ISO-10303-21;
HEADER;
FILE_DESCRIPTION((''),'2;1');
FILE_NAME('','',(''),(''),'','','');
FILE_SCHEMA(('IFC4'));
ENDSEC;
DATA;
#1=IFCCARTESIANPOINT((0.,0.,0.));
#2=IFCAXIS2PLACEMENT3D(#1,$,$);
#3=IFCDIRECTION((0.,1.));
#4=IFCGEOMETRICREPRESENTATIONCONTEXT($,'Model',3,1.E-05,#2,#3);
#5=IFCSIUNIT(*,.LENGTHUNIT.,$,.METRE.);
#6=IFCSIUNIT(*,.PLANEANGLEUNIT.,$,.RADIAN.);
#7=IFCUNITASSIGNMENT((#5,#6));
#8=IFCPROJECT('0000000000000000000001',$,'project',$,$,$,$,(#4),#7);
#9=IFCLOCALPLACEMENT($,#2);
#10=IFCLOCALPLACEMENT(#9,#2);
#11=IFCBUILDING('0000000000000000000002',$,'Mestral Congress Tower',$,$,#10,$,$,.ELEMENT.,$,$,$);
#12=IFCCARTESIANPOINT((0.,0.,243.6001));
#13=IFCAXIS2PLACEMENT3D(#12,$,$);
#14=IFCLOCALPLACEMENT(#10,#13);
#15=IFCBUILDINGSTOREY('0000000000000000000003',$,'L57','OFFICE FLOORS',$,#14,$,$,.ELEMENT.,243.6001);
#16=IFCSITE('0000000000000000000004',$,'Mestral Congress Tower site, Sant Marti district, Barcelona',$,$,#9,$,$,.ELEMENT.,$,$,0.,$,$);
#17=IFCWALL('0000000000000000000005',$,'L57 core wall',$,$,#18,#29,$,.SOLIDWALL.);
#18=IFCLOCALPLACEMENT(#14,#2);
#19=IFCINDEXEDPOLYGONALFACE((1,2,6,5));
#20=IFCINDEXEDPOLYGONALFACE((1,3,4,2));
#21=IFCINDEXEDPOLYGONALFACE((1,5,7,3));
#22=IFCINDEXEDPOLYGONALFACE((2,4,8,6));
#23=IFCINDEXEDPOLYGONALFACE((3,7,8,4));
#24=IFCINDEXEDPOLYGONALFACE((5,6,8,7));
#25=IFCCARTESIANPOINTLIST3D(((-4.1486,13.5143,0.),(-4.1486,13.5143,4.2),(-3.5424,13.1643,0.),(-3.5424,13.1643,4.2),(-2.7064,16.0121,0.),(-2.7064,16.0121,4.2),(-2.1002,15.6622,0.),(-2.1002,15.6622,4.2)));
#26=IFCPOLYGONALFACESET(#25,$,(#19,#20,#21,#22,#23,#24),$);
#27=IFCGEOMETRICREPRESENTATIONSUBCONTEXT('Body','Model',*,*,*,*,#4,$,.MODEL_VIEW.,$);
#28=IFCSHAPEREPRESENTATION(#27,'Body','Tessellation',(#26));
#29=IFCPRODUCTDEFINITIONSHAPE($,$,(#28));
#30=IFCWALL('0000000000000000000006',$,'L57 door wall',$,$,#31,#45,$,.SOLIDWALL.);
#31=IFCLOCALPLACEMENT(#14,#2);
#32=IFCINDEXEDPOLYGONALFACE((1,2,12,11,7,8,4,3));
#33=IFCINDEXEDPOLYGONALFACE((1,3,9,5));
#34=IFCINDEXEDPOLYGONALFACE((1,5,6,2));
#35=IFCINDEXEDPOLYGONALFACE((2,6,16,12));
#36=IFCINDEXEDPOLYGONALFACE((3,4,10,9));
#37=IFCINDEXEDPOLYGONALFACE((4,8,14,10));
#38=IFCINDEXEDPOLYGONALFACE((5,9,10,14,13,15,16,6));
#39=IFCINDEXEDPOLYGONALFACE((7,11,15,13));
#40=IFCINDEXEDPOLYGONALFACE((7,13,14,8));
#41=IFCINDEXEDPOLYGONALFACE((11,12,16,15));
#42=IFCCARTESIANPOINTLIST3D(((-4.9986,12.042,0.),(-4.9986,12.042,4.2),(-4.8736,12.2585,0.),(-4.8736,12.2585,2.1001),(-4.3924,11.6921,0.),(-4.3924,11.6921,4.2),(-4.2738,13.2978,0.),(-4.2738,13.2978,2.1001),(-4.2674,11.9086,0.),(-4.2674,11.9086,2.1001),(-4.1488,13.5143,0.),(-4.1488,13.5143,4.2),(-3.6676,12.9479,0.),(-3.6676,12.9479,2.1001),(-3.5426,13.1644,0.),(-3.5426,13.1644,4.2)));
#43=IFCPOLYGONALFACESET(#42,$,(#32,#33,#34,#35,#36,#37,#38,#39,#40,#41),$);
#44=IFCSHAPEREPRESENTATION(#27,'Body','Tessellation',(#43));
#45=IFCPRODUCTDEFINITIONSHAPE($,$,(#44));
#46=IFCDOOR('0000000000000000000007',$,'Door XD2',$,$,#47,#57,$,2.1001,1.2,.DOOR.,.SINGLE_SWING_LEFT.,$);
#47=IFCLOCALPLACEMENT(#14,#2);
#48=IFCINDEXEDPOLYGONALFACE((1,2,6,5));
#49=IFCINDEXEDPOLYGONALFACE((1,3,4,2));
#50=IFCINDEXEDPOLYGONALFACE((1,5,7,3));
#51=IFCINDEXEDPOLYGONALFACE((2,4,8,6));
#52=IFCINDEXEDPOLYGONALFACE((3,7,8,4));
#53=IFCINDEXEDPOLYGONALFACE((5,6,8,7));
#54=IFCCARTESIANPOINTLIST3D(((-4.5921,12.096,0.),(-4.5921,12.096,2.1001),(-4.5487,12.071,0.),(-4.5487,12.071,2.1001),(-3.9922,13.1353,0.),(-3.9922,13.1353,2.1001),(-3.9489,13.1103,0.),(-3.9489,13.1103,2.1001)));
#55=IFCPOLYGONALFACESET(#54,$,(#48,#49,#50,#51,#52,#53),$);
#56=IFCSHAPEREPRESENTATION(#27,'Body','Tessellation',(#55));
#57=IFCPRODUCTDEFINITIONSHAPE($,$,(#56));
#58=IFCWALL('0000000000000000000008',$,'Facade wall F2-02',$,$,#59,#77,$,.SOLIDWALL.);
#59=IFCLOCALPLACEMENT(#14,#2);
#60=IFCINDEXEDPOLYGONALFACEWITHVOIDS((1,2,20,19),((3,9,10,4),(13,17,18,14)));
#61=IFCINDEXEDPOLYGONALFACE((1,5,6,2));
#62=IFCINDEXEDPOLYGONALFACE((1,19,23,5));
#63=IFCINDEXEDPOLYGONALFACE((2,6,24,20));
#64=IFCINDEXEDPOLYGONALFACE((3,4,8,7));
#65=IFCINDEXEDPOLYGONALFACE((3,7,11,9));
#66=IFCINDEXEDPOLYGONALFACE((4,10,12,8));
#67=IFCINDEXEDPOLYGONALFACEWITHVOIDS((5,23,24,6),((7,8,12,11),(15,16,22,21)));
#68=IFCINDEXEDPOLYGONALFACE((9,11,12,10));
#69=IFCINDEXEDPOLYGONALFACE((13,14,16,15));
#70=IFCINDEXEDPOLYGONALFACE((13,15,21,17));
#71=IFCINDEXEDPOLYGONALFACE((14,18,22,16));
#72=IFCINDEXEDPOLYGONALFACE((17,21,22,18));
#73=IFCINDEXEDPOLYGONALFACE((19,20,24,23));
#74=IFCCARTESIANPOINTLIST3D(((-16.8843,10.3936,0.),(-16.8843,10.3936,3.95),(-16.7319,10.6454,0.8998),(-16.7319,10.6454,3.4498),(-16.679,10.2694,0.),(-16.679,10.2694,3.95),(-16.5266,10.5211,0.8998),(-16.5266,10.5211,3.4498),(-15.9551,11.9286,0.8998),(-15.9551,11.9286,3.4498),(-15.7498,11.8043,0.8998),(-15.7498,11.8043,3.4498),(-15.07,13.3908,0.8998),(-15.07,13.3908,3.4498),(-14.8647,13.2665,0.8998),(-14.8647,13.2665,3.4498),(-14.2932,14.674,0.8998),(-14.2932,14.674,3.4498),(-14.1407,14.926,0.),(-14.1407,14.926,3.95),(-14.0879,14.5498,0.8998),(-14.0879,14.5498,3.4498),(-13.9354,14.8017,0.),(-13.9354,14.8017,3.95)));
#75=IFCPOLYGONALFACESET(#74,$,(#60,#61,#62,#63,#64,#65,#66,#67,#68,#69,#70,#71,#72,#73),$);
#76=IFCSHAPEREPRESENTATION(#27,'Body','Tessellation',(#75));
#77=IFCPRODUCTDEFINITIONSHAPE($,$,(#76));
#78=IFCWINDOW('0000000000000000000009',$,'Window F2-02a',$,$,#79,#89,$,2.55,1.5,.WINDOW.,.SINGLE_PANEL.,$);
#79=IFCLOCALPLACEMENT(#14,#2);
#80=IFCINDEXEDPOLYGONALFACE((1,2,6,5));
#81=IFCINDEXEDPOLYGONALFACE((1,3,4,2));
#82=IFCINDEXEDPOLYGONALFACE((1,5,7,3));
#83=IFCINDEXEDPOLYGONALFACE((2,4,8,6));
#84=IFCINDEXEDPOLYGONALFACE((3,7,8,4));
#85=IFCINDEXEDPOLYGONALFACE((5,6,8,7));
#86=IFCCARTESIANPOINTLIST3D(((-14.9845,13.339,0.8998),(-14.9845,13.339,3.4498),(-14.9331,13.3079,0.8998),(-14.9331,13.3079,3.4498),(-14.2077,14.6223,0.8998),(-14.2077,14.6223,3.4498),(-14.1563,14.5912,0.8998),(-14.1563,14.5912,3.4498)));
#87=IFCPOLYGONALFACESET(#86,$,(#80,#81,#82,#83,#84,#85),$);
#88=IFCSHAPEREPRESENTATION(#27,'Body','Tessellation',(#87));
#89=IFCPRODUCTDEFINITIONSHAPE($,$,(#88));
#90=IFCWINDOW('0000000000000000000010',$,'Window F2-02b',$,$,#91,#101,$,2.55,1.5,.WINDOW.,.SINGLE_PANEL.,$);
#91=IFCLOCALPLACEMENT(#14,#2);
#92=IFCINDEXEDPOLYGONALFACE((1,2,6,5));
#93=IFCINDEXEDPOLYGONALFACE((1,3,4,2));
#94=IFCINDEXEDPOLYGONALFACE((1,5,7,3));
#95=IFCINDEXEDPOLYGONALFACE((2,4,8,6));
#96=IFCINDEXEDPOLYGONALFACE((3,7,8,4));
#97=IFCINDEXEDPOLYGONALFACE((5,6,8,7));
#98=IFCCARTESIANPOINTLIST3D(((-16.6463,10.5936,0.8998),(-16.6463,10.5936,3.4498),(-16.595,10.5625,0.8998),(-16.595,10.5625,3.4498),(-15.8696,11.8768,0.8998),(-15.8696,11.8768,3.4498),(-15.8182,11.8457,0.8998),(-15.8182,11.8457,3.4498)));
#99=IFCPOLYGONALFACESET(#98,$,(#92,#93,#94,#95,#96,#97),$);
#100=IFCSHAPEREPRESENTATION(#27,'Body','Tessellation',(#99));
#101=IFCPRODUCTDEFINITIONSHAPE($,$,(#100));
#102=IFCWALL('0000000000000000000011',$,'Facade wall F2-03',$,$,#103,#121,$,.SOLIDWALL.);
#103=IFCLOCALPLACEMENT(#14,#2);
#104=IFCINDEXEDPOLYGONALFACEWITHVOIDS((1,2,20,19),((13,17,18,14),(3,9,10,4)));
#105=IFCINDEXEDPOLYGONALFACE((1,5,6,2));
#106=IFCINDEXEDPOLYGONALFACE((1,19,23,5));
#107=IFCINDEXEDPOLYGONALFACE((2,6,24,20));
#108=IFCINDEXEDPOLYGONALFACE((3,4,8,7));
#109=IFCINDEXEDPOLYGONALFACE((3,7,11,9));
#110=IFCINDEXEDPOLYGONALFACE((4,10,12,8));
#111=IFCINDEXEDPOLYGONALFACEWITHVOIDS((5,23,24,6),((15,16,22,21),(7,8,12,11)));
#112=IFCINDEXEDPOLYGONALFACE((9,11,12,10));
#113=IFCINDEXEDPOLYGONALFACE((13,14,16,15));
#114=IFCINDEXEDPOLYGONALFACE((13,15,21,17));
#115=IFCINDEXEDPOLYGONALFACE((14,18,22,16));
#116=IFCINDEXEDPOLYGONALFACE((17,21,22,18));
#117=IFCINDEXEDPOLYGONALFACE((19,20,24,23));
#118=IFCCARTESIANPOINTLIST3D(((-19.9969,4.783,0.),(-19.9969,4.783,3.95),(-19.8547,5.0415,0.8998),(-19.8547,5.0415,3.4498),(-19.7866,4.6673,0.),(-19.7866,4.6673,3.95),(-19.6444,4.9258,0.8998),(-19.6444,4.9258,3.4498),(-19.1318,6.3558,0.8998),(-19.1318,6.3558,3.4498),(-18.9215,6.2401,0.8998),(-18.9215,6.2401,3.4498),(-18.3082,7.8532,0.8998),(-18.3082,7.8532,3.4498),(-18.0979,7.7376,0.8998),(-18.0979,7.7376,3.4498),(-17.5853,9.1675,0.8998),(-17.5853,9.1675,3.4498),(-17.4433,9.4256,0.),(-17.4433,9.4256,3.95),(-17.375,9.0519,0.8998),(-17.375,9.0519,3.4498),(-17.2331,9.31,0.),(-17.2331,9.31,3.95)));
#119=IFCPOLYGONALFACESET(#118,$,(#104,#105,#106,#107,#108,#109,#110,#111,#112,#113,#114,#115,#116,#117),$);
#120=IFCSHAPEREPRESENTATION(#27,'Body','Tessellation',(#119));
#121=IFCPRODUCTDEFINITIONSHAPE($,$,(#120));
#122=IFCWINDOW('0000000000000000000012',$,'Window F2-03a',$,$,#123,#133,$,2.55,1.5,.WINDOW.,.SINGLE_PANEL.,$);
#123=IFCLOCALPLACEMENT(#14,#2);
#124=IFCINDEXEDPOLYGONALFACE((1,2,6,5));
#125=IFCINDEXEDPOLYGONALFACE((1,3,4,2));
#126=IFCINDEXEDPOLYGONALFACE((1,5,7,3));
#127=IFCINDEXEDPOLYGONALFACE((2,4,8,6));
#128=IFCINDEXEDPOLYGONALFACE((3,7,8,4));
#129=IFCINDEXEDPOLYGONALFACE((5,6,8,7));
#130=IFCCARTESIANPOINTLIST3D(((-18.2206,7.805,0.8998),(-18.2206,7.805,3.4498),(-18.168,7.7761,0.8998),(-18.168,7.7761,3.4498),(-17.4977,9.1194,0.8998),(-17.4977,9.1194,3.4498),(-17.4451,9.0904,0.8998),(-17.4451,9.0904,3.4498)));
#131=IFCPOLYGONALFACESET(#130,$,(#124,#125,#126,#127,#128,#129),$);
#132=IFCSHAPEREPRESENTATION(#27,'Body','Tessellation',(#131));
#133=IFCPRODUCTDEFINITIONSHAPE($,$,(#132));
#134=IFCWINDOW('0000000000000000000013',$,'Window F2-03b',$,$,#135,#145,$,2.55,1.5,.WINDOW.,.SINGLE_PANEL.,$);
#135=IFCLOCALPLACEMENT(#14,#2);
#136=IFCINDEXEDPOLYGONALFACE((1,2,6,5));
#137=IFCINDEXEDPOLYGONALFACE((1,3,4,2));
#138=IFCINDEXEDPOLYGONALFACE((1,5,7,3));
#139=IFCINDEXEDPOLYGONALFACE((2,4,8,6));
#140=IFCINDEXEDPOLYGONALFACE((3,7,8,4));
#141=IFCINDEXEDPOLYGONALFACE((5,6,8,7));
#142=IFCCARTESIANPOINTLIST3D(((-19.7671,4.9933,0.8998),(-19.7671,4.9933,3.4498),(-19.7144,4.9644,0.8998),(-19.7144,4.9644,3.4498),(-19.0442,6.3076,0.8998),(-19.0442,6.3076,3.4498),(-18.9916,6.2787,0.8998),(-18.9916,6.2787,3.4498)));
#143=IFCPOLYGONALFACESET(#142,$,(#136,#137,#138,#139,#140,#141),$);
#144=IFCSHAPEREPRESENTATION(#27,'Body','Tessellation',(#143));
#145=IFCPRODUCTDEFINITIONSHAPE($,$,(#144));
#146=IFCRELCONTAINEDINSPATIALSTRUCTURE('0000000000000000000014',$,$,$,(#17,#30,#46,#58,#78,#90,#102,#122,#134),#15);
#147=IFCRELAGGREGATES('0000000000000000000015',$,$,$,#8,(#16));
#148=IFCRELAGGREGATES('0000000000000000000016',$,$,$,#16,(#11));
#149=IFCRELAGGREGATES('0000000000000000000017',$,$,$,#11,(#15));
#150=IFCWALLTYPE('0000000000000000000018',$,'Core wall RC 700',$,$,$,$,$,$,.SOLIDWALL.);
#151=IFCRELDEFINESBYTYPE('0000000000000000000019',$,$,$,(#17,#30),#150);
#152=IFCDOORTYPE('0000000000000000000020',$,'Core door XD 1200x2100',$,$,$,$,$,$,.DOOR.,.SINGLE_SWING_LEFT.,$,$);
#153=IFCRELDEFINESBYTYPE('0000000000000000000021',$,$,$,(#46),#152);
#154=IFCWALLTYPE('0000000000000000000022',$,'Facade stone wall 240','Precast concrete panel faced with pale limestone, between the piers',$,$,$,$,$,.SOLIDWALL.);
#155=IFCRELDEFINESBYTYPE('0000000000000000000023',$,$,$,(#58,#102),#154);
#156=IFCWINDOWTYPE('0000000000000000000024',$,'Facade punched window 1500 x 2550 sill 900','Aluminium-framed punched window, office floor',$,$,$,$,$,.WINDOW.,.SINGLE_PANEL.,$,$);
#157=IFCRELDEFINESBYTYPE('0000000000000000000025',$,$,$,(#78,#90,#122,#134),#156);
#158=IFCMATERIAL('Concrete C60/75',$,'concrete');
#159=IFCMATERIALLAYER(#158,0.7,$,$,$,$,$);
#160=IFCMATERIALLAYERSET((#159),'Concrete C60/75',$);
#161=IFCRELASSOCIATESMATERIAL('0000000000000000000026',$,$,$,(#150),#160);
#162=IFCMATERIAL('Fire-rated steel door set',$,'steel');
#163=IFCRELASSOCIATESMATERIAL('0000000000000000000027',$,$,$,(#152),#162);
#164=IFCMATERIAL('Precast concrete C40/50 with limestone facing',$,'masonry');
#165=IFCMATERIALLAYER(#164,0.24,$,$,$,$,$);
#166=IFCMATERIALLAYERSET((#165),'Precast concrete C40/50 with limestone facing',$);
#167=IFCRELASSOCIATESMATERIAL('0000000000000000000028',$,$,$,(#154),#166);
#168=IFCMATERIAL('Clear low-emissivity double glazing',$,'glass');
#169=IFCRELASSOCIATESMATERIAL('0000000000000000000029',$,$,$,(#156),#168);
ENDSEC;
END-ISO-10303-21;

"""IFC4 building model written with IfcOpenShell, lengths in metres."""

from ifc_helpers import new_model, si_unit, direction, frame, frame_2d, origin, place, context, subcontext, project, spatial, rectangle, extrude, material, layer, layer_set, type_object, element, fill, save


model = new_model("IFC4")

# Units and contexts
model_context = context("Model", 3, precision=1e-05, world=origin(), true_north=direction((0.0, 1.0)))
body_context = subcontext(model_context, "Body", "Model", "MODEL_VIEW")
ifc_project = project(units=[si_unit("LENGTHUNIT", "METRE"), si_unit("PLANEANGLEUNIT", "RADIAN")], contexts=[model_context])

# Site, building, storey
site_placement = place(None, origin())
site = spatial("IfcSite", under=ifc_project, at=site_placement, Name="Mestral Congress Tower site, Sant Marti district, Barcelona", CompositionType="ELEMENT", RefElevation=0.0)
building_placement = place(site_placement, origin())
building = spatial("IfcBuilding", under=site, at=building_placement, Name="Mestral Congress Tower", CompositionType="ELEMENT")
storey_placement = place(building_placement, frame((0.0, 0.0, 243.6001)))
storey = spatial("IfcBuildingStorey", under=building, at=storey_placement, Name="L57", Description="OFFICE FLOORS", CompositionType="ELEMENT", Elevation=243.6001)

# Shared definitions
ifc_material_1 = material(Name="Concrete C60/75", Category="concrete")

# Wall
ifc_layer_1 = layer(ifc_material_1, 0.7)
ifc_layer_set_1 = layer_set([ifc_layer_1], Name="Concrete C60/75")
wall_type_1 = type_object("IfcWallType", Name="Core wall RC 700", PredefinedType="SOLIDWALL", material=ifc_layer_set_1)
wall_1_placement = place(storey_placement, frame((-2.4033, 15.8372, 0.0), z_axis=(0.0, 0.0, 1.0), x_axis=(-0.500008, -0.866021, 0.0)))
element("IfcWall", 1, at=wall_1_placement, inside=storey, type_object=wall_type_1, Name="L57 core wall", PredefinedType="SOLIDWALL", context=body_context, shape_type="SweptSolid", body=[
    extrude(rectangle(XDim=2.8843, YDim=0.7, at=frame_2d((1.4421, 0.0))), origin(), (0.0, 0.0, 1.0), 4.2),
])

# Wall, opening, door
wall_2_placement = place(storey_placement, frame((-4.6956, 11.8669, 0.0), z_axis=(0.0, 0.0, 1.0), x_axis=(0.499892, 0.866088, 0.0)))
wall_2 = element("IfcWall", 2, at=wall_2_placement, inside=storey, type_object=wall_type_1, Name="L57 door wall", PredefinedType="SOLIDWALL", context=body_context, shape_type="SweptSolid", body=[
    extrude(rectangle(XDim=1.7, YDim=0.7, at=frame_2d((0.8501, 0.0))), origin(), (0.0, 0.0, 1.0), 4.2),
])
opening_1_placement = place(wall_2_placement, frame((0.25, 0.0, 0.0)))
opening_1 = element("IfcOpeningElement", 3, at=opening_1_placement, cuts=wall_2, PredefinedType="OPENING", context=body_context, shape_type="SweptSolid", body=[
    extrude(rectangle(XDim=1.2, YDim=2.1001, at=frame_2d((0.6001, 1.05))), frame((0.0, 0.3599, 0.0), z_axis=(0.0, -1.0, 0.0), x_axis=(1.0, 0.0, 0.0)), (0.0, 0.0, 1.0), 0.72),
])
ifc_material_2 = material(Name="Fire-rated steel door set", Category="steel")
door_type_1 = type_object("IfcDoorType", Name="Core door XD 1200x2100", OperationType="SINGLE_SWING_LEFT", PredefinedType="DOOR", material=ifc_material_2)
door_1_placement = place(opening_1_placement, origin())
door_1 = element("IfcDoor", 4, at=door_1_placement, inside=storey, type_object=door_type_1, Name="Door XD2", OperationType="SINGLE_SWING_LEFT", OverallHeight=2.1001, OverallWidth=1.2, PredefinedType="DOOR", context=body_context, shape_type="SweptSolid", body=[
    extrude(rectangle(XDim=1.2, YDim=2.1001, at=frame_2d((0.6001, 1.05))), frame((0.0, 0.0249, 0.0), z_axis=(0.0, -1.0, 0.0), x_axis=(1.0, 0.0, 0.0)), (0.0, 0.0, 1.0), 0.05),
])
fill(opening_1, door_1)

# Walls, openings, windows
ifc_material_3 = material(Name="Precast concrete C40/50 with limestone facing", Category="masonry")
ifc_layer_2 = layer(ifc_material_3, 0.24)
ifc_layer_set_2 = layer_set([ifc_layer_2], Name="Precast concrete C40/50 with limestone facing")
wall_type_2 = type_object("IfcWallType", Name="Facade stone wall 240", Description="Precast concrete panel faced with pale limestone, between the piers", PredefinedType="SOLIDWALL", material=ifc_layer_set_2)
wall_3_placement = place(storey_placement, frame((-14.0381, 14.8638, 0.0), z_axis=(0.0, 0.0, 1.0), x_axis=(-0.517846, -0.855474, 0.0)))
wall_3 = element("IfcWall", 5, at=wall_3_placement, inside=storey, type_object=wall_type_2, Name="Facade wall F2-02", PredefinedType="SOLIDWALL", context=body_context, shape_type="SweptSolid", body=[
    extrude(rectangle(XDim=5.2981, YDim=0.24, at=frame_2d((2.6489, 0.0))), origin(), (0.0, 0.0, 1.0), 3.95),
])
opening_2_placement = place(wall_3_placement, frame((0.2944, 0.0, 0.8999)))
opening_2 = element("IfcOpeningElement", 6, at=opening_2_placement, cuts=wall_3, PredefinedType="OPENING", context=body_context, shape_type="SweptSolid", body=[
    extrude(rectangle(XDim=1.5, YDim=2.55, at=frame_2d((0.75, 1.2749))), frame((0.0, 0.1299, 0.0), z_axis=(0.0, -1.0, 0.0), x_axis=(1.0, 0.0, 0.0)), (0.0, 0.0, 1.0), 0.26),
])
opening_3_placement = place(wall_3_placement, frame((3.5037, 0.0, 0.8999)))
opening_3 = element("IfcOpeningElement", 7, at=opening_3_placement, cuts=wall_3, PredefinedType="OPENING", context=body_context, shape_type="SweptSolid", body=[
    extrude(rectangle(XDim=1.5, YDim=2.55, at=frame_2d((0.75, 1.2749))), frame((0.0, 0.1299, 0.0), z_axis=(0.0, -1.0, 0.0), x_axis=(1.0, 0.0, 0.0)), (0.0, 0.0, 1.0), 0.26),
])
ifc_material_4 = material(Name="Clear low-emissivity double glazing", Category="glass")
window_type = type_object("IfcWindowType", Name="Facade punched window 1500 x 2550 sill 900", Description="Aluminium-framed punched window, office floor", PartitioningType="SINGLE_PANEL", PredefinedType="WINDOW", material=ifc_material_4)
window_1_placement = place(opening_2_placement, origin())
window_1 = element("IfcWindow", 8, at=window_1_placement, inside=storey, type_object=window_type, Name="Window F2-02a", OverallHeight=2.55, OverallWidth=1.5, PartitioningType="SINGLE_PANEL", PredefinedType="WINDOW", context=body_context, shape_type="SweptSolid", body=[
    extrude(rectangle(XDim=1.5, YDim=2.55, at=frame_2d((0.75, 1.2749))), frame((0.0, 0.04, 0.0), z_axis=(0.0, -1.0, 0.0), x_axis=(1.0, 0.0, 0.0)), (0.0, 0.0, 1.0), 0.0601),
])
fill(opening_2, window_1)
window_2_placement = place(opening_3_placement, origin())
window_2 = element("IfcWindow", 9, at=window_2_placement, inside=storey, type_object=window_type, Name="Window F2-02b", OverallHeight=2.55, OverallWidth=1.5, PartitioningType="SINGLE_PANEL", PredefinedType="WINDOW", context=body_context, shape_type="SweptSolid", body=[
    extrude(rectangle(XDim=1.5, YDim=2.55, at=frame_2d((0.75, 1.2749))), frame((0.0, 0.04, 0.0), z_axis=(0.0, -1.0, 0.0), x_axis=(1.0, 0.0, 0.0)), (0.0, 0.0, 1.0), 0.0601),
])
fill(opening_3, window_2)
wall_4_placement = place(storey_placement, frame((-17.3381, 9.3679, 0.0), z_axis=(0.0, 0.0, 1.0), x_axis=(-0.481926, -0.876212, 0.0)))
wall_4 = element("IfcWall", 10, at=wall_4_placement, inside=storey, type_object=wall_type_2, Name="Facade wall F2-03", PredefinedType="SOLIDWALL", context=body_context, shape_type="SweptSolid", body=[
    extrude(rectangle(XDim=5.2986, YDim=0.24, at=frame_2d((2.6494, 0.0))), origin(), (0.0, 0.0, 1.0), 3.95),
])
opening_4_placement = place(wall_4_placement, frame((0.2947, 0.0, 0.8999)))
opening_4 = element("IfcOpeningElement", 11, at=opening_4_placement, cuts=wall_4, PredefinedType="OPENING", context=body_context, shape_type="SweptSolid", body=[
    extrude(rectangle(XDim=1.5, YDim=2.55, at=frame_2d((0.75, 1.2749))), frame((0.0, 0.1299, 0.0), z_axis=(0.0, -1.0, 0.0), x_axis=(1.0, 0.0, 0.0)), (0.0, 0.0, 1.0), 0.26),
])
opening_5_placement = place(wall_4_placement, frame((3.5037, 0.0, 0.8999)))
opening_5 = element("IfcOpeningElement", 12, at=opening_5_placement, cuts=wall_4, PredefinedType="OPENING", context=body_context, shape_type="SweptSolid", body=[
    extrude(rectangle(XDim=1.5, YDim=2.55, at=frame_2d((0.75, 1.2749))), frame((0.0, 0.1299, 0.0), z_axis=(0.0, -1.0, 0.0), x_axis=(1.0, 0.0, 0.0)), (0.0, 0.0, 1.0), 0.26),
])
window_3_placement = place(opening_4_placement, origin())
window_3 = element("IfcWindow", 13, at=window_3_placement, inside=storey, type_object=window_type, Name="Window F2-03a", OverallHeight=2.55, OverallWidth=1.5, PartitioningType="SINGLE_PANEL", PredefinedType="WINDOW", context=body_context, shape_type="SweptSolid", body=[
    extrude(rectangle(XDim=1.5, YDim=2.55, at=frame_2d((0.75, 1.2749))), frame((0.0, 0.04, 0.0), z_axis=(0.0, -1.0, 0.0), x_axis=(1.0, 0.0, 0.0)), (0.0, 0.0, 1.0), 0.0601),
])
fill(opening_4, window_3)
window_4_placement = place(opening_5_placement, origin())
window_4 = element("IfcWindow", 14, at=window_4_placement, inside=storey, type_object=window_type, Name="Window F2-03b", OverallHeight=2.55, OverallWidth=1.5, PartitioningType="SINGLE_PANEL", PredefinedType="WINDOW", context=body_context, shape_type="SweptSolid", body=[
    extrude(rectangle(XDim=1.5, YDim=2.55, at=frame_2d((0.75, 1.2749))), frame((0.0, 0.04, 0.0), z_axis=(0.0, -1.0, 0.0), x_axis=(1.0, 0.0, 0.0)), (0.0, 0.0, 1.0), 0.0601),
])
fill(opening_5, window_4)

save(model, "model.ifc")
